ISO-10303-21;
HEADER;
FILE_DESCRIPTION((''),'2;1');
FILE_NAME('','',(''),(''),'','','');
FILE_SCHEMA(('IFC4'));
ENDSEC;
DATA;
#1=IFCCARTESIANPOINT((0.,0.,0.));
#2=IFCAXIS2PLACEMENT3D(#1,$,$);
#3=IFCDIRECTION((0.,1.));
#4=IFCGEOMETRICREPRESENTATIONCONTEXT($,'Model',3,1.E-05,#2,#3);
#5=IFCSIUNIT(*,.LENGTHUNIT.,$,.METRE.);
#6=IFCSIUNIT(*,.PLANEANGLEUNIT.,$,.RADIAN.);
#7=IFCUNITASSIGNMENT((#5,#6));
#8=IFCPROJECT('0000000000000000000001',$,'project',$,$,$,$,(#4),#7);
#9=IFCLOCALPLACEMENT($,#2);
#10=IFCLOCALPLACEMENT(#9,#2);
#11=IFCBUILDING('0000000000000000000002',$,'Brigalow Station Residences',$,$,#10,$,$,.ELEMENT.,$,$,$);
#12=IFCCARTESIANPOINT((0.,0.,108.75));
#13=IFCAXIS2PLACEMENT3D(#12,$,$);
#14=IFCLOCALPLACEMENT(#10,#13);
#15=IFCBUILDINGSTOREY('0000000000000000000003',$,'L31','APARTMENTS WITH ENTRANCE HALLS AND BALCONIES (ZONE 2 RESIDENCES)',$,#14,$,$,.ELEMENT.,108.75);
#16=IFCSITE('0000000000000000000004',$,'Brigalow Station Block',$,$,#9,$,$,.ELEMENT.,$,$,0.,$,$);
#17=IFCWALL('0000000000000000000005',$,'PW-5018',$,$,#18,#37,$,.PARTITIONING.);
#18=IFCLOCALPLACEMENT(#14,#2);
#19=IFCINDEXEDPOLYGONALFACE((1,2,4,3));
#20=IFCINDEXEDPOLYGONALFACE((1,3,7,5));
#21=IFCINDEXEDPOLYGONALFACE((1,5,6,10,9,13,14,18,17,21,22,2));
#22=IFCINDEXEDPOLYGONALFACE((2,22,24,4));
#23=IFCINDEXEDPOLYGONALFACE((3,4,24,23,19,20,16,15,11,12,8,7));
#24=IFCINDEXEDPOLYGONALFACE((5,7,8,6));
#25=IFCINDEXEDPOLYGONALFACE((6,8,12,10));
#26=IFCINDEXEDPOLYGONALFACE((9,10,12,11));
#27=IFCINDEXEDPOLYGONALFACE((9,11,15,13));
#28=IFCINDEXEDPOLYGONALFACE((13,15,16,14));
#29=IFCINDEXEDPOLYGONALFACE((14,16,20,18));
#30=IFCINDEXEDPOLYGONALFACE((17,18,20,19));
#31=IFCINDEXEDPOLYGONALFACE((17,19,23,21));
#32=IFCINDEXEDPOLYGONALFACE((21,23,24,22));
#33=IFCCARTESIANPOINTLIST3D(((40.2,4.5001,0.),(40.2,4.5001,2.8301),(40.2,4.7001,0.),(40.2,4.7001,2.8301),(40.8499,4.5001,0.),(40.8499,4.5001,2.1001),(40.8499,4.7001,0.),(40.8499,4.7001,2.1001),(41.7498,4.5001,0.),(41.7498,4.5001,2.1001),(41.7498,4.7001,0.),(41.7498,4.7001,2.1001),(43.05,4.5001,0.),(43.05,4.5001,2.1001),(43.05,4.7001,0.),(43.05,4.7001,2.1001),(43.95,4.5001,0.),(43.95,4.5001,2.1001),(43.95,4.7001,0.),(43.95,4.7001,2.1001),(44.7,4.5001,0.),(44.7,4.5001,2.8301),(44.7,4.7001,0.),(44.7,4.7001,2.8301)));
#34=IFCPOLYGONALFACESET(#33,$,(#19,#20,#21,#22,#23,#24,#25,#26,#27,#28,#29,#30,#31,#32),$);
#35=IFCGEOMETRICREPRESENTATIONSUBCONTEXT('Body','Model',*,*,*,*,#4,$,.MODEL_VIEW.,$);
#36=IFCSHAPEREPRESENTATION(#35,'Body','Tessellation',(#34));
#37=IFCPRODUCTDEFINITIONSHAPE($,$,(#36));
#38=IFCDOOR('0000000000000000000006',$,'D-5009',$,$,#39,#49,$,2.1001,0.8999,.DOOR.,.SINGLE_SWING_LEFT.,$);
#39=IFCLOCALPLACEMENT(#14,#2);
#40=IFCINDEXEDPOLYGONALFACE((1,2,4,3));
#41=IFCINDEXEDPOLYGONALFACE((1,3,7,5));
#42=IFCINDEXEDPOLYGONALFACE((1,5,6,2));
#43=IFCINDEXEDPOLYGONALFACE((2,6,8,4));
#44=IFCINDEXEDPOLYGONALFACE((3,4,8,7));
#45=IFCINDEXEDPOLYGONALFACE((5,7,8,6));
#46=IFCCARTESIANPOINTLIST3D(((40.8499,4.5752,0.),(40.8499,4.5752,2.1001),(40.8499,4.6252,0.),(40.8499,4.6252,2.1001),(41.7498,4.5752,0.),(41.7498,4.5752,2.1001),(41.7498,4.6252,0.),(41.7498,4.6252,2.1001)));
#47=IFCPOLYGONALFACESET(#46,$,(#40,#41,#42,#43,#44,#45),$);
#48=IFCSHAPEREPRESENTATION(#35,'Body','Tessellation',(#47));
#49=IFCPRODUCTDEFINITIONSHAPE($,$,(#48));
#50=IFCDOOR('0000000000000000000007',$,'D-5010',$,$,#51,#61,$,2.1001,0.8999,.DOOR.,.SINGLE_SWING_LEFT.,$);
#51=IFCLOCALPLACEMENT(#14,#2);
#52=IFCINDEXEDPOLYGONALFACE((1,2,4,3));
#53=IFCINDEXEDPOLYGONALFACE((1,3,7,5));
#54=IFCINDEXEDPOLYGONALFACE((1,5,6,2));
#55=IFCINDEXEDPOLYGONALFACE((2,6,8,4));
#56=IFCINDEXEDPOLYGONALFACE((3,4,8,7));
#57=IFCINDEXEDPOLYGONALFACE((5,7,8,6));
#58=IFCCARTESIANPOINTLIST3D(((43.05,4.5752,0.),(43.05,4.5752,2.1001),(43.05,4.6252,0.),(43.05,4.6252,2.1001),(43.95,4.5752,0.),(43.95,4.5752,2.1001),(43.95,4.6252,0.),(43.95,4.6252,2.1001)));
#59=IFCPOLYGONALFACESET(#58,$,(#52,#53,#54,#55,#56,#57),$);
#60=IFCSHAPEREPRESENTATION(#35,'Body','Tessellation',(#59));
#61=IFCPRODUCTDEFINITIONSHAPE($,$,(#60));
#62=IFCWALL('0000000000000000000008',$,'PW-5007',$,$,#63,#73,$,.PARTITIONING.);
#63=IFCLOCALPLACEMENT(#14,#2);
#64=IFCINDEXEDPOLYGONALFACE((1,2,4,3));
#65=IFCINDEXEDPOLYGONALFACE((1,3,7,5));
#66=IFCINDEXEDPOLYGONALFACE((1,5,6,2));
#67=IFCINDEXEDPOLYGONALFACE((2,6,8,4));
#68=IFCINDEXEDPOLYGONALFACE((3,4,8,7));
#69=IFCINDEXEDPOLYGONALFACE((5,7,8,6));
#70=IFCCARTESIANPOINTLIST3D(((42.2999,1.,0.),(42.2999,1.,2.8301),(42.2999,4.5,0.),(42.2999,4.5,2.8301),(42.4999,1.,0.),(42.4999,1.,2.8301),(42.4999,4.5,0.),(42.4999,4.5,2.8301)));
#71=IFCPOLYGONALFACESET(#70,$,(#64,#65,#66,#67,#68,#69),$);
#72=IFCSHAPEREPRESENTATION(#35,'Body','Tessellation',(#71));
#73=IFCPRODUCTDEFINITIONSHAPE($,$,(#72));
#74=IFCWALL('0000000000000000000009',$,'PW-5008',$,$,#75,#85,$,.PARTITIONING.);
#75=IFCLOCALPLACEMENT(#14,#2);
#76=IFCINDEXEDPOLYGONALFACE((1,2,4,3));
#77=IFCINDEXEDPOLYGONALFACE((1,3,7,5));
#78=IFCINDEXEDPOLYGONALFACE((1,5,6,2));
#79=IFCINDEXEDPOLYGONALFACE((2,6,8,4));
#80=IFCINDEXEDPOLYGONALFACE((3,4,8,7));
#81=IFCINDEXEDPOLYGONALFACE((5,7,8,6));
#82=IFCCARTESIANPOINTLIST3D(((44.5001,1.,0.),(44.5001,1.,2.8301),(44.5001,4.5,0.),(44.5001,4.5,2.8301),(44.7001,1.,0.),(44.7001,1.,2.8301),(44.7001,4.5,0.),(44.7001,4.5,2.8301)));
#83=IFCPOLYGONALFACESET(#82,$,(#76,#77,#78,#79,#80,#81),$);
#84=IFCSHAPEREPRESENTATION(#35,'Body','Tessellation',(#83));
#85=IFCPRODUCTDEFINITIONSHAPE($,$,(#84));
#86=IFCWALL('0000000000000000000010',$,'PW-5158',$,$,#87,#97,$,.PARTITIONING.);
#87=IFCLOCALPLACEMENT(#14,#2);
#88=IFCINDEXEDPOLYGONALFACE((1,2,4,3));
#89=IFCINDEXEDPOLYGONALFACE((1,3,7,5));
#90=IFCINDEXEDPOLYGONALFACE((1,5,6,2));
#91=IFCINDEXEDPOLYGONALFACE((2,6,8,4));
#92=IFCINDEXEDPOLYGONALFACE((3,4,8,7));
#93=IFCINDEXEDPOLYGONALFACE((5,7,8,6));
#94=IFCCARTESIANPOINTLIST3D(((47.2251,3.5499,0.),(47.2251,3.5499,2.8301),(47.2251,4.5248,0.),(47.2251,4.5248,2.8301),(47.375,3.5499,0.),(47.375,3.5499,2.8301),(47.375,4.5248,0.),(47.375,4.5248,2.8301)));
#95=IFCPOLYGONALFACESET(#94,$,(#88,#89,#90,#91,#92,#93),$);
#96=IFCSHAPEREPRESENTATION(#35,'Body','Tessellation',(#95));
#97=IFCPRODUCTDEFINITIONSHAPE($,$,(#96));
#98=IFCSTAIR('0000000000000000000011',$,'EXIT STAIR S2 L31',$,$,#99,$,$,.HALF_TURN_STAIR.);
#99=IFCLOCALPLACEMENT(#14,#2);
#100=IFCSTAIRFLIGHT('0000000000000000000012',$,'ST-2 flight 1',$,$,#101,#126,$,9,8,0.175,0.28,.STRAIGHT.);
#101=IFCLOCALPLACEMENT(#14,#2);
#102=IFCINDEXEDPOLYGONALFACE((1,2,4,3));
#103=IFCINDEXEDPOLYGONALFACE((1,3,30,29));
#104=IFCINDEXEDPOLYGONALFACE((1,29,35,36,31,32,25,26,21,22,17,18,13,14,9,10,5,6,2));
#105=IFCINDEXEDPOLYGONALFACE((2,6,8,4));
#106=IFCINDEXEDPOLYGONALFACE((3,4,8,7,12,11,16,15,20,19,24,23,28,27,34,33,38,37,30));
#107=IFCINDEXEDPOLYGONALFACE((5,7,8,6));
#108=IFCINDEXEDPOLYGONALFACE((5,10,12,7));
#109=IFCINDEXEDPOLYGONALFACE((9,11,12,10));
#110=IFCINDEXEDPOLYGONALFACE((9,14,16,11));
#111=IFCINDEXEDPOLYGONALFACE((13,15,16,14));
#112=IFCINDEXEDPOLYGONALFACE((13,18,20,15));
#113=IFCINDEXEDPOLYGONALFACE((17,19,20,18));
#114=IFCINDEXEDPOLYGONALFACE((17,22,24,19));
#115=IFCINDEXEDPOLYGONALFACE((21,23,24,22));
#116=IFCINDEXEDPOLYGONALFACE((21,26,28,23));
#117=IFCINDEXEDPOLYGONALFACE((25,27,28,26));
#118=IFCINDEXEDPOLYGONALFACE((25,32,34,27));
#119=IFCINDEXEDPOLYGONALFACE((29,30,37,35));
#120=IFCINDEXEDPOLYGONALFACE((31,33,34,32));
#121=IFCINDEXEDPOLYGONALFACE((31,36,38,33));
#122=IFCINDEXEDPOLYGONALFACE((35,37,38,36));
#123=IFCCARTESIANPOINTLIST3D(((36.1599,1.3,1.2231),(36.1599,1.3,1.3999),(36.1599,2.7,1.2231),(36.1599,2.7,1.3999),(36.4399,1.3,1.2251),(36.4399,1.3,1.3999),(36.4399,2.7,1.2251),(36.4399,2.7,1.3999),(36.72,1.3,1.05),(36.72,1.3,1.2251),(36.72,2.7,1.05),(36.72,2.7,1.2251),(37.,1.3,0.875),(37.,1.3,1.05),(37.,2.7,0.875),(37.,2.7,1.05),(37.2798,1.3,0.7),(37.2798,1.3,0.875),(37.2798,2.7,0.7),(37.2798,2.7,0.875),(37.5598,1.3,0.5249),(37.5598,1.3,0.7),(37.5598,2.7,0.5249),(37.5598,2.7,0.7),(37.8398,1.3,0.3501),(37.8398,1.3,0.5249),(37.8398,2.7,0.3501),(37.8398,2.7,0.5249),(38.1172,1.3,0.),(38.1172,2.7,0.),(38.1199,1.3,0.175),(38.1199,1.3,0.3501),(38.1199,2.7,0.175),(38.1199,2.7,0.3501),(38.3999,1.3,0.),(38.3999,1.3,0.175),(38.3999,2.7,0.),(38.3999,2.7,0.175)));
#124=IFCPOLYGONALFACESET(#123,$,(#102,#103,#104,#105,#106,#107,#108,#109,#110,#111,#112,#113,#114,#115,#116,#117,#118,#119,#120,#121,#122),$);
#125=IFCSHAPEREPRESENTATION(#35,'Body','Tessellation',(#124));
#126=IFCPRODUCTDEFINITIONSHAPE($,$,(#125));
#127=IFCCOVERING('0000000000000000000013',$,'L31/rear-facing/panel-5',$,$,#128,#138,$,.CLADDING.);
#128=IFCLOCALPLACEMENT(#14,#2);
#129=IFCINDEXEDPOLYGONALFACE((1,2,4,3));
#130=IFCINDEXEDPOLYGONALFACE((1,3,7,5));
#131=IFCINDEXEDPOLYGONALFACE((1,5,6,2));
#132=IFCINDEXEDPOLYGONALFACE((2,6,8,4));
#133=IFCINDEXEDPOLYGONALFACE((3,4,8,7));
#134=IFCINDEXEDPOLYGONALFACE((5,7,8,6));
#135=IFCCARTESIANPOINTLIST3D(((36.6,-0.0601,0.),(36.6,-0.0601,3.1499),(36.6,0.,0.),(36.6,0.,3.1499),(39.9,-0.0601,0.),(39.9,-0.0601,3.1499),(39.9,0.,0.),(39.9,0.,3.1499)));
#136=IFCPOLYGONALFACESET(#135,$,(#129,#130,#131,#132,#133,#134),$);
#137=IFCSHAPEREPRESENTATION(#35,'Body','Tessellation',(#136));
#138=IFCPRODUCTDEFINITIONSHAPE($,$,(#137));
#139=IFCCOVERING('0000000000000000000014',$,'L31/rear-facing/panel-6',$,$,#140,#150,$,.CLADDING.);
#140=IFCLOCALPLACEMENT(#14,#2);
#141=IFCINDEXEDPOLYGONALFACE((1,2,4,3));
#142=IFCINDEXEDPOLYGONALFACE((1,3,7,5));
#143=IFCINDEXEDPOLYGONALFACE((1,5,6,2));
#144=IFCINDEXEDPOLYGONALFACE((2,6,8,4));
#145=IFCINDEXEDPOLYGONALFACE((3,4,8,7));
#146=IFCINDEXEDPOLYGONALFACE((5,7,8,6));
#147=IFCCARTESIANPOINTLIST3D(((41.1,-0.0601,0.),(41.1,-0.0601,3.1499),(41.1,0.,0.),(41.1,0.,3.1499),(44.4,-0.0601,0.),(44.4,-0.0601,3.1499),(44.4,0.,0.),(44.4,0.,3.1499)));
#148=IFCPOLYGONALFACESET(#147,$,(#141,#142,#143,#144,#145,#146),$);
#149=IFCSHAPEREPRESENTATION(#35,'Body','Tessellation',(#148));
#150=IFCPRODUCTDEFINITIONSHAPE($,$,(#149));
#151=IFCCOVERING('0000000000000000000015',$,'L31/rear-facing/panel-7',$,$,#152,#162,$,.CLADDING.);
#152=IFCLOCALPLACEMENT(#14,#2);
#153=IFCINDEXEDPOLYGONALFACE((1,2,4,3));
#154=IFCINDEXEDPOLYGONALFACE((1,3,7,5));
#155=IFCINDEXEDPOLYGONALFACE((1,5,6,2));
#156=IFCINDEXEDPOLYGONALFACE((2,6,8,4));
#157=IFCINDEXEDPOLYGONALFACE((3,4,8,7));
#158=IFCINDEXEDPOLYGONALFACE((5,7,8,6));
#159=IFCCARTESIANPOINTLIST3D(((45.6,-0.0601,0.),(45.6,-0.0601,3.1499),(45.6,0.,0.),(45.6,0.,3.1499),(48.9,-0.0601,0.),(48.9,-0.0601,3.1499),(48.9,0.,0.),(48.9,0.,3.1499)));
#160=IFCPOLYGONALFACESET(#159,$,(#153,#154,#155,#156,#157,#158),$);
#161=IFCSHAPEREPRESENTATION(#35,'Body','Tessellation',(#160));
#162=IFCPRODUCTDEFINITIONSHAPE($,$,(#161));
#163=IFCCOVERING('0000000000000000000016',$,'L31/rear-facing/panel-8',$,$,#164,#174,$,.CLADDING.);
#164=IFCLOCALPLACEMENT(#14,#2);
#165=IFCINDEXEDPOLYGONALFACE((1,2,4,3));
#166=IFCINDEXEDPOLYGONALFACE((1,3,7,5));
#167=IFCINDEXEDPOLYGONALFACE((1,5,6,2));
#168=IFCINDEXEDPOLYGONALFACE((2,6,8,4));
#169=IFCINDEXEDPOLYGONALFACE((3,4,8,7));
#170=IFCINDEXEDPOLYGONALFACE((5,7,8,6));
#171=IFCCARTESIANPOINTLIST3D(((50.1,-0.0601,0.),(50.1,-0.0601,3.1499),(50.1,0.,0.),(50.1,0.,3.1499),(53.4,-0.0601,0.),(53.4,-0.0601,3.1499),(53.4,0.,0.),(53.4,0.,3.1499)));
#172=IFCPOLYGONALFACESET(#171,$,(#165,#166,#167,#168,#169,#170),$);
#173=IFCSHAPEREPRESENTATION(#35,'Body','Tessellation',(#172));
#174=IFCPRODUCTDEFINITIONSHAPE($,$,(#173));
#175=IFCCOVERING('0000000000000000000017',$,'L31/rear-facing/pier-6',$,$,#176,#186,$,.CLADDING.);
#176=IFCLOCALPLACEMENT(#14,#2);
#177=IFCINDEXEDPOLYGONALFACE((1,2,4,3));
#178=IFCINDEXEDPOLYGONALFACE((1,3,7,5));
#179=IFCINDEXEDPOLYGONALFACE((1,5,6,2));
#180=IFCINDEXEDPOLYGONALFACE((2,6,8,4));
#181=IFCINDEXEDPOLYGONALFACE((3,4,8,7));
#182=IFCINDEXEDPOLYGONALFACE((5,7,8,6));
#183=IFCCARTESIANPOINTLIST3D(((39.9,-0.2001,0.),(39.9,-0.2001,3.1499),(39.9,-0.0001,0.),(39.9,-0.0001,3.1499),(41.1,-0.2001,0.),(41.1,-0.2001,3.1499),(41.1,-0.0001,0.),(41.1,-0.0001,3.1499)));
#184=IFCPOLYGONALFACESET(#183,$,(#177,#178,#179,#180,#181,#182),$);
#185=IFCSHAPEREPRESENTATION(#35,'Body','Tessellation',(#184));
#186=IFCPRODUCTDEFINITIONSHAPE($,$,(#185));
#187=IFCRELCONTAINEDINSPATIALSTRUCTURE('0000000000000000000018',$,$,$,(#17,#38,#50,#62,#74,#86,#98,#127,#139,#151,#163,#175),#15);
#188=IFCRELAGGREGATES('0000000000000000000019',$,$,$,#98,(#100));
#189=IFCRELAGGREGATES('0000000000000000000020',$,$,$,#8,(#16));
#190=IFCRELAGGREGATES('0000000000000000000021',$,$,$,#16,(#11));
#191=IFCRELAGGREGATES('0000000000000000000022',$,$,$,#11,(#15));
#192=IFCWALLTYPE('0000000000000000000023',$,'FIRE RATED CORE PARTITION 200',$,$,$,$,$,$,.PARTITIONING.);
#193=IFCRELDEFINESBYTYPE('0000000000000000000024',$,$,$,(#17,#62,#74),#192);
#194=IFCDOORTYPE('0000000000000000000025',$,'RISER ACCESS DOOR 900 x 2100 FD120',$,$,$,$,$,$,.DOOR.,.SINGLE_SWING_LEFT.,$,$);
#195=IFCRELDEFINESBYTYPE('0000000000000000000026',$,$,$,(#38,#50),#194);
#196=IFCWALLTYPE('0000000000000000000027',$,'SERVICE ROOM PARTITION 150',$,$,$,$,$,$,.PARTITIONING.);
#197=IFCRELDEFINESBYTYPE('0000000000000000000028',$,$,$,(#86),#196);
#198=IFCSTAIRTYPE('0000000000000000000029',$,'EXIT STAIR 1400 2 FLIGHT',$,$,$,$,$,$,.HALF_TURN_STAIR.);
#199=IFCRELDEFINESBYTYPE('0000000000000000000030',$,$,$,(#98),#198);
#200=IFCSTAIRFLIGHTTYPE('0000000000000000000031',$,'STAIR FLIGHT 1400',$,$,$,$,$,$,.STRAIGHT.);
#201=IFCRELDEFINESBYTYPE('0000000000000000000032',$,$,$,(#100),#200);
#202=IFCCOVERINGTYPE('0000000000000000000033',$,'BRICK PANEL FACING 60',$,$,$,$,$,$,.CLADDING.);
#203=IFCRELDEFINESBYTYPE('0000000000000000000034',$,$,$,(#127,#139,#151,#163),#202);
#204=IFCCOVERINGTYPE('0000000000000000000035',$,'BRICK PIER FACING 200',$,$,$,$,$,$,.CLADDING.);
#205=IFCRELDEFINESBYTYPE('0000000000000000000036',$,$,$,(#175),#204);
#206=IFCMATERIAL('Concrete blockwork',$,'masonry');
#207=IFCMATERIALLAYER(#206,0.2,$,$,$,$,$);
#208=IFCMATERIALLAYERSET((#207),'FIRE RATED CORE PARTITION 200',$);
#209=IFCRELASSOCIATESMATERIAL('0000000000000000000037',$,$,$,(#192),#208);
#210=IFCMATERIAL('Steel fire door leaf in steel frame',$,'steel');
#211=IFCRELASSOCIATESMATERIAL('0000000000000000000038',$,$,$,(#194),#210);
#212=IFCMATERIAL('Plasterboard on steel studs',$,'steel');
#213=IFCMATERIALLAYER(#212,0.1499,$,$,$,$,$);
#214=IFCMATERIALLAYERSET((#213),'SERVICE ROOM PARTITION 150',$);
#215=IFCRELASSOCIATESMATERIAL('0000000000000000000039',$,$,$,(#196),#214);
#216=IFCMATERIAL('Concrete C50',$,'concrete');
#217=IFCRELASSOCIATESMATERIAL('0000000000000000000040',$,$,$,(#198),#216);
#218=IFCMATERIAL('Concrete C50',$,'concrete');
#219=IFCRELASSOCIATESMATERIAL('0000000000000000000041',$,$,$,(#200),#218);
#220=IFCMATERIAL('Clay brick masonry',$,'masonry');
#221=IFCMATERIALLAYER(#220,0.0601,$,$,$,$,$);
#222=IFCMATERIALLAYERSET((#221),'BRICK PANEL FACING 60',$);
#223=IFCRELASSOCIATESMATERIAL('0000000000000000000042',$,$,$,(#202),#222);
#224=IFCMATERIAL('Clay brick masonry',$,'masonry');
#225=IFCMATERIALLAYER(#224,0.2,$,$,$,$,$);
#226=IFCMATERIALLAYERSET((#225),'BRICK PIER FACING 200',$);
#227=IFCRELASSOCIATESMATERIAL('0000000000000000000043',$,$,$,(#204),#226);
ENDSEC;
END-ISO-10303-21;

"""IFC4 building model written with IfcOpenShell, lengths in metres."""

from ifc_helpers import new_model, si_unit, direction, frame, frame_2d, origin, origin_2d, place, context, subcontext, project, spatial, polyline, rectangle, outline, extrude, material, layer, layer_set, type_object, element, fill, aggregate, save


model = new_model("IFC4")

# Units and contexts
model_context = context("Model", 3, precision=1e-05, world=origin(), true_north=direction((0.0, 1.0)))
body_context = subcontext(model_context, "Body", "Model", "MODEL_VIEW")
ifc_project = project(units=[si_unit("LENGTHUNIT", "METRE"), si_unit("PLANEANGLEUNIT", "RADIAN")], contexts=[model_context])

# Site, building, storey
site_placement = place(None, origin())
site = spatial("IfcSite", under=ifc_project, at=site_placement, Name="Brigalow Station Block", CompositionType="ELEMENT", RefElevation=0.0)
building_placement = place(site_placement, origin())
building = spatial("IfcBuilding", under=site, at=building_placement, Name="Brigalow Station Residences", CompositionType="ELEMENT")
storey_placement = place(building_placement, frame((0.0, 0.0, 108.75)))
storey = spatial("IfcBuildingStorey", under=building, at=storey_placement, Name="L31", Description="APARTMENTS WITH ENTRANCE HALLS AND BALCONIES (ZONE 2 RESIDENCES)", CompositionType="ELEMENT", Elevation=108.75)

# Wall, openings, doors
ifc_material_1 = material(Name="Concrete blockwork", Category="masonry")
ifc_layer_1 = layer(ifc_material_1, 0.2)
ifc_layer_set_1 = layer_set([ifc_layer_1], Name="FIRE RATED CORE PARTITION 200")
wall_type_1 = type_object("IfcWallType", Name="FIRE RATED CORE PARTITION 200", PredefinedType="PARTITIONING", material=ifc_layer_set_1)
wall_1_placement = place(storey_placement, frame((40.2, 4.6001, 0.0), z_axis=(0.0, 0.0, 1.0), x_axis=(1.0, 0.0, 0.0)))
wall_1 = element("IfcWall", 1, at=wall_1_placement, inside=storey, type_object=wall_type_1, Name="PW-5018", PredefinedType="PARTITIONING", context=body_context, shape_type="SweptSolid", body=[
    extrude(rectangle(XDim=4.5, YDim=0.2, at=frame_2d((2.25, 0.0))), origin(), (0.0, 0.0, 1.0), 2.8301),
])
opening_1_placement = place(wall_1_placement, frame((0.6499, 0.0, 0.0)))
opening_1 = element("IfcOpeningElement", 2, at=opening_1_placement, cuts=wall_1, PredefinedType="OPENING", context=body_context, shape_type="SweptSolid", body=[
    extrude(rectangle(XDim=0.8999, YDim=2.1001, at=frame_2d((0.45, 1.05))), frame((0.0, 0.1099, 0.0), z_axis=(0.0, -1.0, 0.0), x_axis=(1.0, 0.0, 0.0)), (0.0, 0.0, 1.0), 0.22),
])
opening_2_placement = place(wall_1_placement, frame((2.8501, 0.0, 0.0)))
opening_2 = element("IfcOpeningElement", 3, at=opening_2_placement, cuts=wall_1, PredefinedType="OPENING", context=body_context, shape_type="SweptSolid", body=[
    extrude(rectangle(XDim=0.8999, YDim=2.1001, at=frame_2d((0.45, 1.05))), frame((0.0, 0.1099, 0.0), z_axis=(0.0, -1.0, 0.0), x_axis=(1.0, 0.0, 0.0)), (0.0, 0.0, 1.0), 0.22),
])
ifc_material_2 = material(Name="Steel fire door leaf in steel frame", Category="steel")
door_type_1 = type_object("IfcDoorType", Name="RISER ACCESS DOOR 900 x 2100 FD120", OperationType="SINGLE_SWING_LEFT", PredefinedType="DOOR", material=ifc_material_2)
door_1_placement = place(opening_1_placement, frame((0.8999, 0.0, 0.0), z_axis=(0.0, 0.0, 1.0), x_axis=(-1.0, 0.0, 0.0)))
door_1 = element("IfcDoor", 4, at=door_1_placement, inside=storey, type_object=door_type_1, Name="D-5009", OperationType="SINGLE_SWING_LEFT", OverallHeight=2.1001, OverallWidth=0.8999, PredefinedType="DOOR", context=body_context, shape_type="SweptSolid", body=[
    extrude(rectangle(XDim=0.8999, YDim=2.1001, at=frame_2d((0.45, 1.05))), frame((0.0, 0.0249, 0.0), z_axis=(0.0, -1.0, 0.0), x_axis=(1.0, 0.0, 0.0)), (0.0, 0.0, 1.0), 0.05),
])
fill(opening_1, door_1)
door_2_placement = place(opening_2_placement, frame((0.8999, 0.0, 0.0), z_axis=(0.0, 0.0, 1.0), x_axis=(-1.0, 0.0, 0.0)))
door_2 = element("IfcDoor", 5, at=door_2_placement, inside=storey, type_object=door_type_1, Name="D-5010", OperationType="SINGLE_SWING_LEFT", OverallHeight=2.1001, OverallWidth=0.8999, PredefinedType="DOOR", context=body_context, shape_type="SweptSolid", body=[
    extrude(rectangle(XDim=0.8999, YDim=2.1001, at=frame_2d((0.45, 1.05))), frame((0.0, 0.0249, 0.0), z_axis=(0.0, -1.0, 0.0), x_axis=(1.0, 0.0, 0.0)), (0.0, 0.0, 1.0), 0.05),
])
fill(opening_2, door_2)

# Walls
for number, where, z_axis, x_axis, name in (
    (6, (42.3999, 1.0, 0.0), (0.0, 0.0, 1.0), (0.0, 1.0, 0.0), "PW-5007"),
    (7, (44.6001, 1.0, 0.0), (0.0, 0.0, 1.0), (0.0, 1.0, 0.0), "PW-5008"),
):
    element("IfcWall", number, at=place(storey_placement, frame(where, z_axis=z_axis, x_axis=x_axis)), inside=storey, type_object=wall_type_1, Name=name, PredefinedType="PARTITIONING", context=body_context, shape_type="SweptSolid", body=[
        extrude(rectangle(XDim=3.5, YDim=0.2, at=frame_2d((1.75, 0.0))), origin(), (0.0, 0.0, 1.0), 2.8301),
    ])
ifc_material_3 = material(Name="Plasterboard on steel studs", Category="steel")
ifc_layer_2 = layer(ifc_material_3, 0.1499)
ifc_layer_set_2 = layer_set([ifc_layer_2], Name="SERVICE ROOM PARTITION 150")
wall_type_2 = type_object("IfcWallType", Name="SERVICE ROOM PARTITION 150", PredefinedType="PARTITIONING", material=ifc_layer_set_2)
wall_2_placement = place(storey_placement, frame((47.3, 3.55, 0.0), z_axis=(0.0, 0.0, 1.0), x_axis=(0.0, 1.0, 0.0)))
element("IfcWall", 8, at=wall_2_placement, inside=storey, type_object=wall_type_2, Name="PW-5158", PredefinedType="PARTITIONING", context=body_context, shape_type="SweptSolid", body=[
    extrude(rectangle(XDim=0.9749, YDim=0.1499, at=frame_2d((0.4873, 0.0))), origin(), (0.0, 0.0, 1.0), 2.8301),
])

# Stair, stair flight
ifc_material_4 = material(Name="Concrete C50", Category="concrete")
stair_type = type_object("IfcStairType", Name="EXIT STAIR 1400 2 FLIGHT", PredefinedType="HALF_TURN_STAIR", material=ifc_material_4)
stair_placement = place(storey_placement, origin())
stair = element("IfcStair", 9, at=stair_placement, inside=storey, type_object=stair_type, Name="EXIT STAIR S2 L31", PredefinedType="HALF_TURN_STAIR")
ifc_material_5 = material(Name="Concrete C50", Category="concrete")
stair_flight_type = type_object("IfcStairFlightType", Name="STAIR FLIGHT 1400", PredefinedType="STRAIGHT", material=ifc_material_5)
stair_flight_placement = place(storey_placement, frame((38.3999, 2.0, 0.0), z_axis=(0.0, 0.0, 1.0), x_axis=(-1.0, 0.0, 0.0)))
stair_flight = element("IfcStairFlight", 10, at=stair_flight_placement, type_object=stair_flight_type, Name="ST-2 flight 1", NumberOfRisers=9, NumberOfTreads=8, PredefinedType="STRAIGHT", RiserHeight=0.175, TreadLength=0.28, context=body_context, shape_type="SweptSolid", body=[
    extrude(outline(polyline([(0.0, 0.0), (0.0, 0.175), (0.28, 0.175), (0.28, 0.3501), (0.5601, 0.3501), (0.5601, 0.5249), (0.8401, 0.5249), (0.8401, 0.7), (1.1201, 0.7), (1.1201, 0.875), (1.3999, 0.875), (1.3999, 1.05), (1.6799, 1.05), (1.6799, 1.2251), (1.96, 1.2251), (1.96, 1.3999), (2.24, 1.3999), (2.24, 1.575), (2.24, 1.2231), (0.2827, 0.0), (0.0, 0.0)])), frame((0.0, 0.7, 0.0), z_axis=(0.0, -1.0, 0.0), x_axis=(1.0, 0.0, 0.0)), (0.0, 0.0, 1.0), 1.3999),
])
aggregate(stair, [stair_flight])

# Coverings
ifc_material_6 = material(Name="Clay brick masonry", Category="masonry")
ifc_layer_3 = layer(ifc_material_6, 0.0601)
ifc_layer_set_3 = layer_set([ifc_layer_3], Name="BRICK PANEL FACING 60")
covering_type_1 = type_object("IfcCoveringType", Name="BRICK PANEL FACING 60", PredefinedType="CLADDING", material=ifc_layer_set_3)
for number, where, z_axis, x_axis, name in (
    (11, (38.25, -0.03, 0.0), (0.0, 0.0, 1.0), (1.0, 0.0, 0.0), "L31/rear-facing/panel-5"),
    (12, (42.75, -0.03, 0.0), (0.0, 0.0, 1.0), (1.0, 0.0, 0.0), "L31/rear-facing/panel-6"),
    (13, (47.25, -0.03, 0.0), (0.0, 0.0, 1.0), (1.0, 0.0, 0.0), "L31/rear-facing/panel-7"),
    (14, (51.75, -0.03, 0.0), (0.0, 0.0, 1.0), (1.0, 0.0, 0.0), "L31/rear-facing/panel-8"),
):
    element("IfcCovering", number, at=place(storey_placement, frame(where, z_axis=z_axis, x_axis=x_axis)), inside=storey, type_object=covering_type_1, Name=name, PredefinedType="CLADDING", context=body_context, shape_type="SweptSolid", body=[
        extrude(rectangle(XDim=3.3, YDim=0.0601, at=origin_2d()), origin(), (0.0, 0.0, 1.0), 3.1499),
    ])
ifc_material_7 = material(Name="Clay brick masonry", Category="masonry")
ifc_layer_4 = layer(ifc_material_7, 0.2)
ifc_layer_set_4 = layer_set([ifc_layer_4], Name="BRICK PIER FACING 200")
covering_type_2 = type_object("IfcCoveringType", Name="BRICK PIER FACING 200", PredefinedType="CLADDING", material=ifc_layer_set_4)
for number, where, z_axis, x_axis, name in (
    (15, (40.5, -0.1001, 0.0), (0.0, 0.0, 1.0), (1.0, 0.0, 0.0), "L31/rear-facing/pier-6"),
):
    element("IfcCovering", number, at=place(storey_placement, frame(where, z_axis=z_axis, x_axis=x_axis)), inside=storey, type_object=covering_type_2, Name=name, PredefinedType="CLADDING", context=body_context, shape_type="SweptSolid", body=[
        extrude(rectangle(XDim=1.2, YDim=0.2, at=origin_2d()), origin(), (0.0, 0.0, 1.0), 3.1499),
    ])

save(model, "model.ifc")
